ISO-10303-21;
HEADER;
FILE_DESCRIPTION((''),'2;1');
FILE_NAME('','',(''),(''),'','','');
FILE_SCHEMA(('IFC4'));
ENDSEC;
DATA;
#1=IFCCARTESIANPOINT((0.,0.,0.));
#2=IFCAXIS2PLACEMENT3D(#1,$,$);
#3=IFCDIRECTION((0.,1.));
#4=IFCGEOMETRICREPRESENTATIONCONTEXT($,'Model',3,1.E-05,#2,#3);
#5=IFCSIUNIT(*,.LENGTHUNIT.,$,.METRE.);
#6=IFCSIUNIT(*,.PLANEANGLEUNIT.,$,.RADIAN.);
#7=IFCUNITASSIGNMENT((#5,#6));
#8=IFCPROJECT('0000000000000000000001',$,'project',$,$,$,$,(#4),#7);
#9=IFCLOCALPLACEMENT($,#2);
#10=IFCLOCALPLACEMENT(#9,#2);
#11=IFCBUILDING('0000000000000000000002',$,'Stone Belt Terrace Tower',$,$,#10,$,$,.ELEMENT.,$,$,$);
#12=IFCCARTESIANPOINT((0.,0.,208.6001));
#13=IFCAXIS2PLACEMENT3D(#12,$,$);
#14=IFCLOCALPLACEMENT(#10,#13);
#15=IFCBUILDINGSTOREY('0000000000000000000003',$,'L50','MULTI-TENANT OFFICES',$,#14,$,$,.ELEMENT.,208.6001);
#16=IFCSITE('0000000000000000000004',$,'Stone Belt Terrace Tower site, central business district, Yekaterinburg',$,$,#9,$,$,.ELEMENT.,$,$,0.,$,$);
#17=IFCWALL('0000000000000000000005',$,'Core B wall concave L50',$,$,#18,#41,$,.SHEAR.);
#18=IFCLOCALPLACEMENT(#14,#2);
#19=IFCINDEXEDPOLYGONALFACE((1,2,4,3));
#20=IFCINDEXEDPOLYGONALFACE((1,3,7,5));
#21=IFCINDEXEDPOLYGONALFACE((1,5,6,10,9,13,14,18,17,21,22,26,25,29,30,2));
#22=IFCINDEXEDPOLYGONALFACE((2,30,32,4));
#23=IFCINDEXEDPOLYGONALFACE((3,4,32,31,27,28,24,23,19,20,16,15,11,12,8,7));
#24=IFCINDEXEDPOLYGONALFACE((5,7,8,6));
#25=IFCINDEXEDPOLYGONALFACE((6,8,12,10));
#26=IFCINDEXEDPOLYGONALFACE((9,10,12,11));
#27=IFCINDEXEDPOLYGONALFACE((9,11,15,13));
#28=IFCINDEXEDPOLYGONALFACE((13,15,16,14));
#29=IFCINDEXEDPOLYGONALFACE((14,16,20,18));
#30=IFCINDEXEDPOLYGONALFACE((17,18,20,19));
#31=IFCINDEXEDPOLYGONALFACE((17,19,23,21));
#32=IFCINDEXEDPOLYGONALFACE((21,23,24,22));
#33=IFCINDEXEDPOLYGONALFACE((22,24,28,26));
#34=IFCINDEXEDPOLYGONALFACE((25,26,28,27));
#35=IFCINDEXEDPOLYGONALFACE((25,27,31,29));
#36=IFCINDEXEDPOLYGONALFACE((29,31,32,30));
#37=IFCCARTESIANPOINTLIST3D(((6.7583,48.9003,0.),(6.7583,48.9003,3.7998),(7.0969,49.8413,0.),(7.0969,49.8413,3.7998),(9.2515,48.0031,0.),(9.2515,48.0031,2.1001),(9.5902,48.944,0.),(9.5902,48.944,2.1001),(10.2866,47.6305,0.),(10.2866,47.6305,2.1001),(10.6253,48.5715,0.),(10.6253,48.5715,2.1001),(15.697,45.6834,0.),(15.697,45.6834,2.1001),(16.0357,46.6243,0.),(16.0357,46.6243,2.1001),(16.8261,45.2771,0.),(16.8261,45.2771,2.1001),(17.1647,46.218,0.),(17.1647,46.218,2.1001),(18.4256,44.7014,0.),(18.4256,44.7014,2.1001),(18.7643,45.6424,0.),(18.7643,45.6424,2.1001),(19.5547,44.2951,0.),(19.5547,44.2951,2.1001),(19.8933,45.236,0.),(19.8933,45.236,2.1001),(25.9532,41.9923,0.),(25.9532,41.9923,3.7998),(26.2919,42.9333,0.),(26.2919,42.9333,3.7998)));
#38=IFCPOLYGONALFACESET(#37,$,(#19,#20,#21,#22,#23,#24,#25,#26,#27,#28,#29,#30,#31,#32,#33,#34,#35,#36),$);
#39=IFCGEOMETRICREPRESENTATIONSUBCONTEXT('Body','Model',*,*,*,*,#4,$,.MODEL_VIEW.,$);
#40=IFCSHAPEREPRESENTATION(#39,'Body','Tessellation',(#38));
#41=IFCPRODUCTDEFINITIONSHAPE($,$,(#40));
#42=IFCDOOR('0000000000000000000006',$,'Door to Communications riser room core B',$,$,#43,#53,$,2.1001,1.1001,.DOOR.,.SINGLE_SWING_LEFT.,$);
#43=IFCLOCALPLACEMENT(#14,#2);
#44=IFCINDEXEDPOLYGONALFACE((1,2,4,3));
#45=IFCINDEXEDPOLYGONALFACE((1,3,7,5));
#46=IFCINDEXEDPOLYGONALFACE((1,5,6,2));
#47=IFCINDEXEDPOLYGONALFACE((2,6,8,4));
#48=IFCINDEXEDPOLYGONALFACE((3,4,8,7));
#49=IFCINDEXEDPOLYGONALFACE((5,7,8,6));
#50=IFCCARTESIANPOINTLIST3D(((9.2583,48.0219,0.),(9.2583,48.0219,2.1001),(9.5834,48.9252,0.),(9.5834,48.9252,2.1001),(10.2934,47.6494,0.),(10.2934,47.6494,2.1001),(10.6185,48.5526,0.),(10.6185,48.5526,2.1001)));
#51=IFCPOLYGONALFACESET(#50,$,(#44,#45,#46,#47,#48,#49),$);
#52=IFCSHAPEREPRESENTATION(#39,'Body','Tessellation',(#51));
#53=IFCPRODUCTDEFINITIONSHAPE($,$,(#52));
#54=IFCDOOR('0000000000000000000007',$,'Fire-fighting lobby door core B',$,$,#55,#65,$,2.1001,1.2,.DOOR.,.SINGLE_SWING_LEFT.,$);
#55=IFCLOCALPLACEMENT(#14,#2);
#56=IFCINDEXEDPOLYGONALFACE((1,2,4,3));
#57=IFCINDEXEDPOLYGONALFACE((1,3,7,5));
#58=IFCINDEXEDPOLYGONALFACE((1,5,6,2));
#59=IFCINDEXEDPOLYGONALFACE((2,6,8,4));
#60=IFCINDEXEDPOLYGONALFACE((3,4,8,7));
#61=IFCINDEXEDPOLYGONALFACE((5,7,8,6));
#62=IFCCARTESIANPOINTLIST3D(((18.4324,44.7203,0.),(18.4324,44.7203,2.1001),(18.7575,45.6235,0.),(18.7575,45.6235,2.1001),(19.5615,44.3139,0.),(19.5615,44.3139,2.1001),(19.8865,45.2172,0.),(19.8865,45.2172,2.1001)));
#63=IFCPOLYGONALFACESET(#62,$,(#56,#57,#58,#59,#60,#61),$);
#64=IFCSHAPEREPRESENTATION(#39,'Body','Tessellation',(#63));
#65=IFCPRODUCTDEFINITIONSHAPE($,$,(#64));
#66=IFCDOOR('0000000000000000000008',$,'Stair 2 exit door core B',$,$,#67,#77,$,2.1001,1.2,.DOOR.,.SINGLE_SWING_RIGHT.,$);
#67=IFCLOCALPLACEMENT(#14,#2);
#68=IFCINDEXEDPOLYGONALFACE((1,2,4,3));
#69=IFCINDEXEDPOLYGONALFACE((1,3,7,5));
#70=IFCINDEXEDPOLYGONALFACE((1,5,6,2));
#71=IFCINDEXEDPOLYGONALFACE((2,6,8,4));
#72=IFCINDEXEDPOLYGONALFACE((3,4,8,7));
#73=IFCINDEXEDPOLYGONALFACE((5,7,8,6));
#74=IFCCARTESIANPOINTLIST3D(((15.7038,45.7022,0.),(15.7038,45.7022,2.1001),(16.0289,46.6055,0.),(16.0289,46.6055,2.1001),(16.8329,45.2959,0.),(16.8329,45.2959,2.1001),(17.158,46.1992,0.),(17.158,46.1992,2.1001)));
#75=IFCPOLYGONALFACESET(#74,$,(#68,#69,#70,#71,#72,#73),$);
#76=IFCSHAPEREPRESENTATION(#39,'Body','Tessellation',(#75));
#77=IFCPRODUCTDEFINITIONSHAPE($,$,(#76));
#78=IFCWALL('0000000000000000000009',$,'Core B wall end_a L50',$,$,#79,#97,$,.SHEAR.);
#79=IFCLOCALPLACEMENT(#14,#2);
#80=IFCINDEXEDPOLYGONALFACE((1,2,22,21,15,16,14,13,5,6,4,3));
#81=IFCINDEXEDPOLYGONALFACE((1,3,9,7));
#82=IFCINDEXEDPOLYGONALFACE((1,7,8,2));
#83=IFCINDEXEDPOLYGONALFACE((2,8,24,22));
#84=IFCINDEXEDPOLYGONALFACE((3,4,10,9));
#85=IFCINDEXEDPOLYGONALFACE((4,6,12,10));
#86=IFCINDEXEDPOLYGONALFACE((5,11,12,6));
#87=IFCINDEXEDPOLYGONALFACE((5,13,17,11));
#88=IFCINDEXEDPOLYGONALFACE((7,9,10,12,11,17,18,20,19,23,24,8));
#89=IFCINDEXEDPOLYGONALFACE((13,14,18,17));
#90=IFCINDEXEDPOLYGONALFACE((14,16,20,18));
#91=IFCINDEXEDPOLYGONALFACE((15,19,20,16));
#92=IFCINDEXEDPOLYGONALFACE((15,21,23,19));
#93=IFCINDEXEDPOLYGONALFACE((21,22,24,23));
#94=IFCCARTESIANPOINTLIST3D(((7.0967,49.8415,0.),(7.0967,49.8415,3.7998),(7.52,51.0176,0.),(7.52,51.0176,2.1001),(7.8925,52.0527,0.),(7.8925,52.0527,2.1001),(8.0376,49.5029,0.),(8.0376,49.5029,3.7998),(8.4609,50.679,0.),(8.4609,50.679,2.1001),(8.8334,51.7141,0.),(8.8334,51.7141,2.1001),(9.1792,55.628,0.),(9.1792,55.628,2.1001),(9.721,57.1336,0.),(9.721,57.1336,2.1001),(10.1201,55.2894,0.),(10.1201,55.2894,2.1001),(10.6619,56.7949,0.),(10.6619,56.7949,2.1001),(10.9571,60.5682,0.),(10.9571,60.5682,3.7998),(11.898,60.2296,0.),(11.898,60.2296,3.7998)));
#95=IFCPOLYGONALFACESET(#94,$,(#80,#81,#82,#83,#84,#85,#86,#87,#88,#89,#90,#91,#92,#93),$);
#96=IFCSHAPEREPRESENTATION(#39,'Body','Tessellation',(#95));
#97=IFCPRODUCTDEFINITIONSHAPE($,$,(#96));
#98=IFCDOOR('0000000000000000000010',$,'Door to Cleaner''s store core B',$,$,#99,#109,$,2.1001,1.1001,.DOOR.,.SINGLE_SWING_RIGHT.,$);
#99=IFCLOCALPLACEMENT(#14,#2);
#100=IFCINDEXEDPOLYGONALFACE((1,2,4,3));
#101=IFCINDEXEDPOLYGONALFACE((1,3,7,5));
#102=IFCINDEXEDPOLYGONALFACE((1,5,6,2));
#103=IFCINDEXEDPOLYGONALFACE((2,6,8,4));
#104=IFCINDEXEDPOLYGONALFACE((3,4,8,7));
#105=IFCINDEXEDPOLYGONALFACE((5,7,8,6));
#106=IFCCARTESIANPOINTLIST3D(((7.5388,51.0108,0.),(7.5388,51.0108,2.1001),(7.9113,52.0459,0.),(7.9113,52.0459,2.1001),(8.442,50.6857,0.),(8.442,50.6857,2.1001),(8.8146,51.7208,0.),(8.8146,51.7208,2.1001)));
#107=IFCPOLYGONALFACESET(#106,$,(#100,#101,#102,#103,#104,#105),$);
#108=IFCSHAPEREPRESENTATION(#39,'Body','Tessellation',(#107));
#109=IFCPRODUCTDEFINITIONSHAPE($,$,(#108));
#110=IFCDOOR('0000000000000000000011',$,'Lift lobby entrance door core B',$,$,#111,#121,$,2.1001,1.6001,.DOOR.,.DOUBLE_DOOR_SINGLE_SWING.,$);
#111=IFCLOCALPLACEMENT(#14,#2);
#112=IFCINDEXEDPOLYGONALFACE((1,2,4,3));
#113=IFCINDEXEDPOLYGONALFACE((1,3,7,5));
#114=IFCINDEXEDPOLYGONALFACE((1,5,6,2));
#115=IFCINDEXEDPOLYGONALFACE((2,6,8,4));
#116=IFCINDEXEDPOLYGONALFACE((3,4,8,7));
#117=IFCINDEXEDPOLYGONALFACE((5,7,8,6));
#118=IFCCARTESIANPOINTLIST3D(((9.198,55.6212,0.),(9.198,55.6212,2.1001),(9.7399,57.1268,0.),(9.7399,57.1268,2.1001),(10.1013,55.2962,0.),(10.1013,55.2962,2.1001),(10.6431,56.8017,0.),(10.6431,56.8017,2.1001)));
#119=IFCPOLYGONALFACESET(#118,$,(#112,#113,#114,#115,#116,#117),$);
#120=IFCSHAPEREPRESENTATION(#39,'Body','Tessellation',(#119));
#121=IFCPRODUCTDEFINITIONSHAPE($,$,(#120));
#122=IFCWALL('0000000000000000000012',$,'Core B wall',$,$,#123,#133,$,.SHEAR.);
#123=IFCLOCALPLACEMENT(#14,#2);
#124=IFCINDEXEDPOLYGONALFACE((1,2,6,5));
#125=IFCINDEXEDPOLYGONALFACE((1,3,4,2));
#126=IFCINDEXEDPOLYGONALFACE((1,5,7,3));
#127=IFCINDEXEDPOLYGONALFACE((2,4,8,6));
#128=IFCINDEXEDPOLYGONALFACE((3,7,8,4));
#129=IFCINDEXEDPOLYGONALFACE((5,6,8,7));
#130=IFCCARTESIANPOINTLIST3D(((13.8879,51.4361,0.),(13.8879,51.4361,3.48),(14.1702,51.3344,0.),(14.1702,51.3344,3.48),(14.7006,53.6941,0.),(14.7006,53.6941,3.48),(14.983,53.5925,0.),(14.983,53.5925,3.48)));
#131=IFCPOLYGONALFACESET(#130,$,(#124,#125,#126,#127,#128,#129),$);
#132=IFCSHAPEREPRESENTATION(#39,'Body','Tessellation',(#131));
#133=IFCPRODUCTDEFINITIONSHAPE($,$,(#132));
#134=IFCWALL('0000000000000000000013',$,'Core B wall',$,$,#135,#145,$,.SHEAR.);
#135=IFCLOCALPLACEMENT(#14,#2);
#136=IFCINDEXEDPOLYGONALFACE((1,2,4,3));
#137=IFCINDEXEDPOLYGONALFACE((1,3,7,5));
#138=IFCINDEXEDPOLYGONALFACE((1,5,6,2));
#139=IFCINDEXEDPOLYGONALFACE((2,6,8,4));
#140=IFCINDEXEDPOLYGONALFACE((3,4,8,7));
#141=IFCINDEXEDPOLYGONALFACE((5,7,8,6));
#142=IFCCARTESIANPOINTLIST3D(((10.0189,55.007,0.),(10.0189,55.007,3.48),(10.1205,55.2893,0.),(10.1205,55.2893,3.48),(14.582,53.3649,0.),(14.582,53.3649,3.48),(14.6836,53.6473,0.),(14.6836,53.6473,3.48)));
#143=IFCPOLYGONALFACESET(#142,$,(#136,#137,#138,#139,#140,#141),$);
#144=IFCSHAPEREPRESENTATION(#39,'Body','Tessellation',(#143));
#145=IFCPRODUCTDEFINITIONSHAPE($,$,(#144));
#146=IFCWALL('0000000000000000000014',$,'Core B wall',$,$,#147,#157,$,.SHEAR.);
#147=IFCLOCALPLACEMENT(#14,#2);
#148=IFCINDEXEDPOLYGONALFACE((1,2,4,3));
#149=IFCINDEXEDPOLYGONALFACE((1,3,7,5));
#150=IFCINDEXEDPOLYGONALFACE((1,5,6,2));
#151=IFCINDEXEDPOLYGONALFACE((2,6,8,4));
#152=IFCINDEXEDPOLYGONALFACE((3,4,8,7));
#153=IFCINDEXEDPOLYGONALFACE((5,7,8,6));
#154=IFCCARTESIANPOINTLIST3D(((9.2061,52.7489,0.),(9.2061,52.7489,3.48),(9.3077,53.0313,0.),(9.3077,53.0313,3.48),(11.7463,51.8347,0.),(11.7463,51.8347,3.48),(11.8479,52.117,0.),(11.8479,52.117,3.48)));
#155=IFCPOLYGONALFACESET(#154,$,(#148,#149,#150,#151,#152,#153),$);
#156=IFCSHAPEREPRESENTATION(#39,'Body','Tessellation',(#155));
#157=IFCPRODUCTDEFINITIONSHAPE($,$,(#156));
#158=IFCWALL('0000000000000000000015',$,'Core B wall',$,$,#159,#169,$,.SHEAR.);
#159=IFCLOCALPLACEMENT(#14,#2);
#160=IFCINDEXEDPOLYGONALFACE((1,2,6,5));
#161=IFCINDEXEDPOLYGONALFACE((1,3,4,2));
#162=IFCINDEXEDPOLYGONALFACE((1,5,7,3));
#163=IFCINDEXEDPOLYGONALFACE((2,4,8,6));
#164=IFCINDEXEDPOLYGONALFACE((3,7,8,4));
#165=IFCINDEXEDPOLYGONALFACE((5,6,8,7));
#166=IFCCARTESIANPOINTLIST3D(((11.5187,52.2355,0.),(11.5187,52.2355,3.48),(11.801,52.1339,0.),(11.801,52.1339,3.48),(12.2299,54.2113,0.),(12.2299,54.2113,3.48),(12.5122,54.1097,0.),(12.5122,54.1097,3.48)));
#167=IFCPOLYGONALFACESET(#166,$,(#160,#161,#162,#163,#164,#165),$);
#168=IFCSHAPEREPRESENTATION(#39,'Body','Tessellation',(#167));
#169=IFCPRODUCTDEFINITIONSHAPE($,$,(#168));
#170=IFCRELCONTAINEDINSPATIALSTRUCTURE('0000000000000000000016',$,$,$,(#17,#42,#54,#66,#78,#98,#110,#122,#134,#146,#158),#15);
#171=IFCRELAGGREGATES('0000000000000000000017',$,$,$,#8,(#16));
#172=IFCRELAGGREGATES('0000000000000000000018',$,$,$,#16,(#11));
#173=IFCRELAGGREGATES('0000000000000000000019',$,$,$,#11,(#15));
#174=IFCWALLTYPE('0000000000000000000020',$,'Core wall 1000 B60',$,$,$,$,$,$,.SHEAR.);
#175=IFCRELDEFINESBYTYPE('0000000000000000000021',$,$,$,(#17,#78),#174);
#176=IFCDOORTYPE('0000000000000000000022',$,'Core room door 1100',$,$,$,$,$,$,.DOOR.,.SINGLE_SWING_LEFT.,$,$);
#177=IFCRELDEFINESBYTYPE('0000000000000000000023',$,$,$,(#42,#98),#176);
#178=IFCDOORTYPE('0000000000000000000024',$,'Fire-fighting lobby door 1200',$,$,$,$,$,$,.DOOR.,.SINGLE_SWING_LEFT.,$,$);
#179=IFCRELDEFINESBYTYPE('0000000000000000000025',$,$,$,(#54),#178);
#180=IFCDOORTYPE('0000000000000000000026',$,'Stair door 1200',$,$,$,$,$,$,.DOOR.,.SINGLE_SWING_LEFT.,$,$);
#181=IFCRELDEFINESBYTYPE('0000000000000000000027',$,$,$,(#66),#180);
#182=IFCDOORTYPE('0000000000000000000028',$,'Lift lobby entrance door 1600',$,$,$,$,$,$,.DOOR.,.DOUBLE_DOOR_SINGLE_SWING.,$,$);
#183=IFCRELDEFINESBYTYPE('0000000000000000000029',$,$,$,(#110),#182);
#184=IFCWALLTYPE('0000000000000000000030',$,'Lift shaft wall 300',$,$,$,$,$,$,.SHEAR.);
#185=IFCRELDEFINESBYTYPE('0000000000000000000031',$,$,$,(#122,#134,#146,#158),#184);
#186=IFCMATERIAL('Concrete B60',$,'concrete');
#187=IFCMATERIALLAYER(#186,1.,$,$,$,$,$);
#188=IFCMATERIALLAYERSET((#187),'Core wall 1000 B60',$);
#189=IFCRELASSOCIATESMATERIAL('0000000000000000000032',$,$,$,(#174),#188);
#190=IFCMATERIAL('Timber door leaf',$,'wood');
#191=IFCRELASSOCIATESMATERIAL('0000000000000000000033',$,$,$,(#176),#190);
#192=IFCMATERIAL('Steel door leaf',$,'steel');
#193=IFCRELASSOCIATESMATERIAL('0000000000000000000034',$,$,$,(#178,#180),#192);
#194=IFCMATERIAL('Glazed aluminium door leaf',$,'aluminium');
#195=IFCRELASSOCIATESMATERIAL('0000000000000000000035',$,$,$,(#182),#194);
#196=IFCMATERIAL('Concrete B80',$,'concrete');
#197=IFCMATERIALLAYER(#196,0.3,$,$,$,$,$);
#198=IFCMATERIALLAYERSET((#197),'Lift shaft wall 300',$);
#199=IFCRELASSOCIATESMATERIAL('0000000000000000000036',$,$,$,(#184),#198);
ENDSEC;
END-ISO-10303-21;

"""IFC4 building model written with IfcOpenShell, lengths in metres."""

from ifc_helpers import new_model, si_unit, direction, frame, frame_2d, origin, place, context, subcontext, project, spatial, rectangle, extrude, material, layer, layer_set, type_object, element, fill, save


model = new_model("IFC4")

# Units and contexts
model_context = context("Model", 3, precision=1e-05, world=origin(), true_north=direction((0.0, 1.0)))
body_context = subcontext(model_context, "Body", "Model", "MODEL_VIEW")
ifc_project = project(units=[si_unit("LENGTHUNIT", "METRE"), si_unit("PLANEANGLEUNIT", "RADIAN")], contexts=[model_context])

# Site, building, storey
site_placement = place(None, origin())
site = spatial("IfcSite", under=ifc_project, at=site_placement, Name="Stone Belt Terrace Tower site, central business district, Yekaterinburg", CompositionType="ELEMENT", RefElevation=0.0)
building_placement = place(site_placement, origin())
building = spatial("IfcBuilding", under=site, at=building_placement, Name="Stone Belt Terrace Tower", CompositionType="ELEMENT")
storey_placement = place(building_placement, frame((0.0, 0.0, 208.6001)))
storey = spatial("IfcBuildingStorey", under=building, at=storey_placement, Name="L50", Description="MULTI-TENANT OFFICES", CompositionType="ELEMENT", Elevation=208.6001)

# Walls, openings, doors
ifc_material_1 = material(Name="Concrete B60", Category="concrete")
ifc_layer_1 = layer(ifc_material_1, 1.0)
ifc_layer_set_1 = layer_set([ifc_layer_1], Name="Core wall 1000 B60")
wall_type_1 = type_object("IfcWallType", Name="Core wall 1000 B60", PredefinedType="SHEAR", material=ifc_layer_set_1)
wall_1_placement = place(storey_placement, frame((6.9275, 49.3708, 0.0), z_axis=(0.0, 0.0, 1.0), x_axis=(0.940921, -0.338625, 0.0)))
wall_1 = element("IfcWall", 1, at=wall_1_placement, inside=storey, type_object=wall_type_1, Name="Core B wall concave L50", PredefinedType="SHEAR", context=body_context, shape_type="SweptSolid", body=[
    extrude(rectangle(XDim=20.4001, YDim=1.0, at=frame_2d((10.2002, 0.0))), origin(), (0.0, 0.0, 1.0), 3.7998),
])
opening_1_placement = place(wall_1_placement, frame((12.3999, 0.0, 0.0)))
opening_1 = element("IfcOpeningElement", 2, at=opening_1_placement, cuts=wall_1, PredefinedType="OPENING", context=body_context, shape_type="SweptSolid", body=[
    extrude(rectangle(XDim=1.2, YDim=2.1001, at=frame_2d((0.6001, 1.05))), frame((0.0, 0.51, 0.0), z_axis=(0.0, -1.0, 0.0), x_axis=(1.0, 0.0, 0.0)), (0.0, 0.0, 1.0), 1.02),
])
opening_2_placement = place(wall_1_placement, frame((9.5, 0.0, 0.0)))
opening_2 = element("IfcOpeningElement", 3, at=opening_2_placement, cuts=wall_1, PredefinedType="OPENING", context=body_context, shape_type="SweptSolid", body=[
    extrude(rectangle(XDim=1.2, YDim=2.1001, at=frame_2d((0.6001, 1.05))), frame((0.0, 0.51, 0.0), z_axis=(0.0, -1.0, 0.0), x_axis=(1.0, 0.0, 0.0)), (0.0, 0.0, 1.0), 1.02),
])
opening_3_placement = place(wall_1_placement, frame((2.6499, 0.0, 0.0)))
opening_3 = element("IfcOpeningElement", 4, at=opening_3_placement, cuts=wall_1, PredefinedType="OPENING", context=body_context, shape_type="SweptSolid", body=[
    extrude(rectangle(XDim=1.1001, YDim=2.1001, at=frame_2d((0.55, 1.05))), frame((0.0, 0.51, 0.0), z_axis=(0.0, -1.0, 0.0), x_axis=(1.0, 0.0, 0.0)), (0.0, 0.0, 1.0), 1.02),
])
ifc_material_2 = material(Name="Timber door leaf", Category="wood")
door_type_1 = type_object("IfcDoorType", Name="Core room door 1100", OperationType="SINGLE_SWING_LEFT", PredefinedType="DOOR", material=ifc_material_2)
door_1_placement = place(opening_3_placement, origin())
door_1 = element("IfcDoor", 5, at=door_1_placement, inside=storey, type_object=door_type_1, Name="Door to Communications riser room core B", OperationType="SINGLE_SWING_LEFT", OverallHeight=2.1001, OverallWidth=1.1001, PredefinedType="DOOR", context=body_context, shape_type="SweptSolid", body=[
    extrude(rectangle(XDim=1.1001, YDim=2.1001, at=frame_2d((0.55, 1.05))), frame((0.0, 0.48, 0.0), z_axis=(0.0, -1.0, 0.0), x_axis=(1.0, 0.0, 0.0)), (0.0, 0.0, 1.0), 0.96),
])
fill(opening_3, door_1)
ifc_material_3 = material(Name="Steel door leaf", Category="steel")
door_type_2 = type_object("IfcDoorType", Name="Fire-fighting lobby door 1200", OperationType="SINGLE_SWING_LEFT", PredefinedType="DOOR", material=ifc_material_3)
door_2_placement = place(opening_1_placement, origin())
door_2 = element("IfcDoor", 6, at=door_2_placement, inside=storey, type_object=door_type_2, Name="Fire-fighting lobby door core B", OperationType="SINGLE_SWING_LEFT", OverallHeight=2.1001, OverallWidth=1.2, PredefinedType="DOOR", context=body_context, shape_type="SweptSolid", body=[
    extrude(rectangle(XDim=1.2, YDim=2.1001, at=frame_2d((0.6001, 1.05))), frame((0.0, 0.48, 0.0), z_axis=(0.0, -1.0, 0.0), x_axis=(1.0, 0.0, 0.0)), (0.0, 0.0, 1.0), 0.96),
])
fill(opening_1, door_2)
door_type_3 = type_object("IfcDoorType", Name="Stair door 1200", OperationType="SINGLE_SWING_LEFT", PredefinedType="DOOR", material=ifc_material_3)
door_3_placement = place(opening_2_placement, origin())
door_3 = element("IfcDoor", 7, at=door_3_placement, inside=storey, type_object=door_type_3, Name="Stair 2 exit door core B", OperationType="SINGLE_SWING_RIGHT", OverallHeight=2.1001, OverallWidth=1.2, PredefinedType="DOOR", context=body_context, shape_type="SweptSolid", body=[
    extrude(rectangle(XDim=1.2, YDim=2.1001, at=frame_2d((0.6001, 1.05))), frame((0.0, 0.48, 0.0), z_axis=(0.0, -1.0, 0.0), x_axis=(1.0, 0.0, 0.0)), (0.0, 0.0, 1.0), 0.96),
])
fill(opening_2, door_3)
wall_2_placement = place(storey_placement, frame((7.5671, 49.6721, 0.0), z_axis=(0.0, 0.0, 1.0), x_axis=(0.338625, 0.940921, 0.0)))
wall_2 = element("IfcWall", 8, at=wall_2_placement, inside=storey, type_object=wall_type_1, Name="Core B wall end_a L50", PredefinedType="SHEAR", context=body_context, shape_type="SweptSolid", body=[
    extrude(rectangle(XDim=11.4001, YDim=1.0, at=frame_2d((5.7002, 0.0))), origin(), (0.0, 0.0, 1.0), 3.7998),
])
opening_4_placement = place(wall_2_placement, frame((6.1499, 0.0, 0.0)))
opening_4 = element("IfcOpeningElement", 9, at=opening_4_placement, cuts=wall_2, PredefinedType="OPENING", context=body_context, shape_type="SweptSolid", body=[
    extrude(rectangle(XDim=1.6001, YDim=2.1001, at=frame_2d((0.8, 1.05))), frame((0.0, 0.51, 0.0), z_axis=(0.0, -1.0, 0.0), x_axis=(1.0, 0.0, 0.0)), (0.0, 0.0, 1.0), 1.02),
])
opening_5_placement = place(wall_2_placement, frame((1.25, 0.0, 0.0)))
opening_5 = element("IfcOpeningElement", 10, at=opening_5_placement, cuts=wall_2, PredefinedType="OPENING", context=body_context, shape_type="SweptSolid", body=[
    extrude(rectangle(XDim=1.1001, YDim=2.1001, at=frame_2d((0.55, 1.05))), frame((0.0, 0.51, 0.0), z_axis=(0.0, -1.0, 0.0), x_axis=(1.0, 0.0, 0.0)), (0.0, 0.0, 1.0), 1.02),
])
door_4_placement = place(opening_5_placement, origin())
door_4 = element("IfcDoor", 11, at=door_4_placement, inside=storey, type_object=door_type_1, Name="Door to Cleaner's store core B", OperationType="SINGLE_SWING_RIGHT", OverallHeight=2.1001, OverallWidth=1.1001, PredefinedType="DOOR", context=body_context, shape_type="SweptSolid", body=[
    extrude(rectangle(XDim=1.1001, YDim=2.1001, at=frame_2d((0.55, 1.05))), frame((0.0, 0.48, 0.0), z_axis=(0.0, -1.0, 0.0), x_axis=(1.0, 0.0, 0.0)), (0.0, 0.0, 1.0), 0.96),
])
fill(opening_5, door_4)
ifc_material_4 = material(Name="Glazed aluminium door leaf", Category="aluminium")
door_type_4 = type_object("IfcDoorType", Name="Lift lobby entrance door 1600", OperationType="DOUBLE_DOOR_SINGLE_SWING", PredefinedType="DOOR", material=ifc_material_4)
door_5_placement = place(opening_4_placement, origin())
door_5 = element("IfcDoor", 12, at=door_5_placement, inside=storey, type_object=door_type_4, Name="Lift lobby entrance door core B", OperationType="DOUBLE_DOOR_SINGLE_SWING", OverallHeight=2.1001, OverallWidth=1.6001, PredefinedType="DOOR", context=body_context, shape_type="SweptSolid", body=[
    extrude(rectangle(XDim=1.6001, YDim=2.1001, at=frame_2d((0.8, 1.05))), frame((0.0, 0.48, 0.0), z_axis=(0.0, -1.0, 0.0), x_axis=(1.0, 0.0, 0.0)), (0.0, 0.0, 1.0), 0.96),
])
fill(opening_4, door_5)

# Walls
ifc_material_5 = material(Name="Concrete B80", Category="concrete")
ifc_layer_2 = layer(ifc_material_5, 0.3)
ifc_layer_set_2 = layer_set([ifc_layer_2], Name="Lift shaft wall 300")
wall_type_2 = type_object("IfcWallType", Name="Lift shaft wall 300", PredefinedType="SHEAR", material=ifc_layer_set_2)
wall_3_placement = place(storey_placement, frame((14.0291, 51.3853, 0.0), z_axis=(0.0, 0.0, 1.0), x_axis=(0.338662, 0.940908, 0.0)))
element("IfcWall", 13, at=wall_3_placement, inside=storey, type_object=wall_type_2, Name="Core B wall", PredefinedType="SHEAR", context=body_context, shape_type="SweptSolid", body=[
    extrude(rectangle(XDim=2.3999, YDim=0.3, at=frame_2d((1.2, 0.0))), origin(), (0.0, 0.0, 1.0), 3.48),
])
wall_4_placement = place(storey_placement, frame((14.6328, 53.5061, 0.0), z_axis=(0.0, 0.0, 1.0), x_axis=(-0.940932, 0.338596, 0.0)))
element("IfcWall", 14, at=wall_4_placement, inside=storey, type_object=wall_type_2, Name="Core B wall", PredefinedType="SHEAR", context=body_context, shape_type="SweptSolid", body=[
    extrude(rectangle(XDim=4.8496, YDim=0.3, at=frame_2d((2.4248, 0.0))), origin(), (0.0, 0.0, 1.0), 3.48),
])
wall_5_placement = place(storey_placement, frame((11.7971, 51.9758, 0.0), z_axis=(0.0, 0.0, 1.0), x_axis=(-0.94091, 0.338655, 0.0)))
element("IfcWall", 15, at=wall_5_placement, inside=storey, type_object=wall_type_2, Name="Core B wall", PredefinedType="SHEAR", context=body_context, shape_type="SweptSolid", body=[
    extrude(rectangle(XDim=2.6997, YDim=0.3, at=frame_2d((1.3499, 0.0))), origin(), (0.0, 0.0, 1.0), 3.48),
])
wall_6_placement = place(storey_placement, frame((11.6599, 52.1848, 0.0), z_axis=(0.0, 0.0, 1.0), x_axis=(0.33867, 0.940905, 0.0)))
element("IfcWall", 16, at=wall_6_placement, inside=storey, type_object=wall_type_2, Name="Core B wall", PredefinedType="SHEAR", context=body_context, shape_type="SweptSolid", body=[
    extrude(rectangle(XDim=2.0999, YDim=0.3, at=frame_2d((1.0498, 0.0))), origin(), (0.0, 0.0, 1.0), 3.48),
])

save(model, "model.ifc")
